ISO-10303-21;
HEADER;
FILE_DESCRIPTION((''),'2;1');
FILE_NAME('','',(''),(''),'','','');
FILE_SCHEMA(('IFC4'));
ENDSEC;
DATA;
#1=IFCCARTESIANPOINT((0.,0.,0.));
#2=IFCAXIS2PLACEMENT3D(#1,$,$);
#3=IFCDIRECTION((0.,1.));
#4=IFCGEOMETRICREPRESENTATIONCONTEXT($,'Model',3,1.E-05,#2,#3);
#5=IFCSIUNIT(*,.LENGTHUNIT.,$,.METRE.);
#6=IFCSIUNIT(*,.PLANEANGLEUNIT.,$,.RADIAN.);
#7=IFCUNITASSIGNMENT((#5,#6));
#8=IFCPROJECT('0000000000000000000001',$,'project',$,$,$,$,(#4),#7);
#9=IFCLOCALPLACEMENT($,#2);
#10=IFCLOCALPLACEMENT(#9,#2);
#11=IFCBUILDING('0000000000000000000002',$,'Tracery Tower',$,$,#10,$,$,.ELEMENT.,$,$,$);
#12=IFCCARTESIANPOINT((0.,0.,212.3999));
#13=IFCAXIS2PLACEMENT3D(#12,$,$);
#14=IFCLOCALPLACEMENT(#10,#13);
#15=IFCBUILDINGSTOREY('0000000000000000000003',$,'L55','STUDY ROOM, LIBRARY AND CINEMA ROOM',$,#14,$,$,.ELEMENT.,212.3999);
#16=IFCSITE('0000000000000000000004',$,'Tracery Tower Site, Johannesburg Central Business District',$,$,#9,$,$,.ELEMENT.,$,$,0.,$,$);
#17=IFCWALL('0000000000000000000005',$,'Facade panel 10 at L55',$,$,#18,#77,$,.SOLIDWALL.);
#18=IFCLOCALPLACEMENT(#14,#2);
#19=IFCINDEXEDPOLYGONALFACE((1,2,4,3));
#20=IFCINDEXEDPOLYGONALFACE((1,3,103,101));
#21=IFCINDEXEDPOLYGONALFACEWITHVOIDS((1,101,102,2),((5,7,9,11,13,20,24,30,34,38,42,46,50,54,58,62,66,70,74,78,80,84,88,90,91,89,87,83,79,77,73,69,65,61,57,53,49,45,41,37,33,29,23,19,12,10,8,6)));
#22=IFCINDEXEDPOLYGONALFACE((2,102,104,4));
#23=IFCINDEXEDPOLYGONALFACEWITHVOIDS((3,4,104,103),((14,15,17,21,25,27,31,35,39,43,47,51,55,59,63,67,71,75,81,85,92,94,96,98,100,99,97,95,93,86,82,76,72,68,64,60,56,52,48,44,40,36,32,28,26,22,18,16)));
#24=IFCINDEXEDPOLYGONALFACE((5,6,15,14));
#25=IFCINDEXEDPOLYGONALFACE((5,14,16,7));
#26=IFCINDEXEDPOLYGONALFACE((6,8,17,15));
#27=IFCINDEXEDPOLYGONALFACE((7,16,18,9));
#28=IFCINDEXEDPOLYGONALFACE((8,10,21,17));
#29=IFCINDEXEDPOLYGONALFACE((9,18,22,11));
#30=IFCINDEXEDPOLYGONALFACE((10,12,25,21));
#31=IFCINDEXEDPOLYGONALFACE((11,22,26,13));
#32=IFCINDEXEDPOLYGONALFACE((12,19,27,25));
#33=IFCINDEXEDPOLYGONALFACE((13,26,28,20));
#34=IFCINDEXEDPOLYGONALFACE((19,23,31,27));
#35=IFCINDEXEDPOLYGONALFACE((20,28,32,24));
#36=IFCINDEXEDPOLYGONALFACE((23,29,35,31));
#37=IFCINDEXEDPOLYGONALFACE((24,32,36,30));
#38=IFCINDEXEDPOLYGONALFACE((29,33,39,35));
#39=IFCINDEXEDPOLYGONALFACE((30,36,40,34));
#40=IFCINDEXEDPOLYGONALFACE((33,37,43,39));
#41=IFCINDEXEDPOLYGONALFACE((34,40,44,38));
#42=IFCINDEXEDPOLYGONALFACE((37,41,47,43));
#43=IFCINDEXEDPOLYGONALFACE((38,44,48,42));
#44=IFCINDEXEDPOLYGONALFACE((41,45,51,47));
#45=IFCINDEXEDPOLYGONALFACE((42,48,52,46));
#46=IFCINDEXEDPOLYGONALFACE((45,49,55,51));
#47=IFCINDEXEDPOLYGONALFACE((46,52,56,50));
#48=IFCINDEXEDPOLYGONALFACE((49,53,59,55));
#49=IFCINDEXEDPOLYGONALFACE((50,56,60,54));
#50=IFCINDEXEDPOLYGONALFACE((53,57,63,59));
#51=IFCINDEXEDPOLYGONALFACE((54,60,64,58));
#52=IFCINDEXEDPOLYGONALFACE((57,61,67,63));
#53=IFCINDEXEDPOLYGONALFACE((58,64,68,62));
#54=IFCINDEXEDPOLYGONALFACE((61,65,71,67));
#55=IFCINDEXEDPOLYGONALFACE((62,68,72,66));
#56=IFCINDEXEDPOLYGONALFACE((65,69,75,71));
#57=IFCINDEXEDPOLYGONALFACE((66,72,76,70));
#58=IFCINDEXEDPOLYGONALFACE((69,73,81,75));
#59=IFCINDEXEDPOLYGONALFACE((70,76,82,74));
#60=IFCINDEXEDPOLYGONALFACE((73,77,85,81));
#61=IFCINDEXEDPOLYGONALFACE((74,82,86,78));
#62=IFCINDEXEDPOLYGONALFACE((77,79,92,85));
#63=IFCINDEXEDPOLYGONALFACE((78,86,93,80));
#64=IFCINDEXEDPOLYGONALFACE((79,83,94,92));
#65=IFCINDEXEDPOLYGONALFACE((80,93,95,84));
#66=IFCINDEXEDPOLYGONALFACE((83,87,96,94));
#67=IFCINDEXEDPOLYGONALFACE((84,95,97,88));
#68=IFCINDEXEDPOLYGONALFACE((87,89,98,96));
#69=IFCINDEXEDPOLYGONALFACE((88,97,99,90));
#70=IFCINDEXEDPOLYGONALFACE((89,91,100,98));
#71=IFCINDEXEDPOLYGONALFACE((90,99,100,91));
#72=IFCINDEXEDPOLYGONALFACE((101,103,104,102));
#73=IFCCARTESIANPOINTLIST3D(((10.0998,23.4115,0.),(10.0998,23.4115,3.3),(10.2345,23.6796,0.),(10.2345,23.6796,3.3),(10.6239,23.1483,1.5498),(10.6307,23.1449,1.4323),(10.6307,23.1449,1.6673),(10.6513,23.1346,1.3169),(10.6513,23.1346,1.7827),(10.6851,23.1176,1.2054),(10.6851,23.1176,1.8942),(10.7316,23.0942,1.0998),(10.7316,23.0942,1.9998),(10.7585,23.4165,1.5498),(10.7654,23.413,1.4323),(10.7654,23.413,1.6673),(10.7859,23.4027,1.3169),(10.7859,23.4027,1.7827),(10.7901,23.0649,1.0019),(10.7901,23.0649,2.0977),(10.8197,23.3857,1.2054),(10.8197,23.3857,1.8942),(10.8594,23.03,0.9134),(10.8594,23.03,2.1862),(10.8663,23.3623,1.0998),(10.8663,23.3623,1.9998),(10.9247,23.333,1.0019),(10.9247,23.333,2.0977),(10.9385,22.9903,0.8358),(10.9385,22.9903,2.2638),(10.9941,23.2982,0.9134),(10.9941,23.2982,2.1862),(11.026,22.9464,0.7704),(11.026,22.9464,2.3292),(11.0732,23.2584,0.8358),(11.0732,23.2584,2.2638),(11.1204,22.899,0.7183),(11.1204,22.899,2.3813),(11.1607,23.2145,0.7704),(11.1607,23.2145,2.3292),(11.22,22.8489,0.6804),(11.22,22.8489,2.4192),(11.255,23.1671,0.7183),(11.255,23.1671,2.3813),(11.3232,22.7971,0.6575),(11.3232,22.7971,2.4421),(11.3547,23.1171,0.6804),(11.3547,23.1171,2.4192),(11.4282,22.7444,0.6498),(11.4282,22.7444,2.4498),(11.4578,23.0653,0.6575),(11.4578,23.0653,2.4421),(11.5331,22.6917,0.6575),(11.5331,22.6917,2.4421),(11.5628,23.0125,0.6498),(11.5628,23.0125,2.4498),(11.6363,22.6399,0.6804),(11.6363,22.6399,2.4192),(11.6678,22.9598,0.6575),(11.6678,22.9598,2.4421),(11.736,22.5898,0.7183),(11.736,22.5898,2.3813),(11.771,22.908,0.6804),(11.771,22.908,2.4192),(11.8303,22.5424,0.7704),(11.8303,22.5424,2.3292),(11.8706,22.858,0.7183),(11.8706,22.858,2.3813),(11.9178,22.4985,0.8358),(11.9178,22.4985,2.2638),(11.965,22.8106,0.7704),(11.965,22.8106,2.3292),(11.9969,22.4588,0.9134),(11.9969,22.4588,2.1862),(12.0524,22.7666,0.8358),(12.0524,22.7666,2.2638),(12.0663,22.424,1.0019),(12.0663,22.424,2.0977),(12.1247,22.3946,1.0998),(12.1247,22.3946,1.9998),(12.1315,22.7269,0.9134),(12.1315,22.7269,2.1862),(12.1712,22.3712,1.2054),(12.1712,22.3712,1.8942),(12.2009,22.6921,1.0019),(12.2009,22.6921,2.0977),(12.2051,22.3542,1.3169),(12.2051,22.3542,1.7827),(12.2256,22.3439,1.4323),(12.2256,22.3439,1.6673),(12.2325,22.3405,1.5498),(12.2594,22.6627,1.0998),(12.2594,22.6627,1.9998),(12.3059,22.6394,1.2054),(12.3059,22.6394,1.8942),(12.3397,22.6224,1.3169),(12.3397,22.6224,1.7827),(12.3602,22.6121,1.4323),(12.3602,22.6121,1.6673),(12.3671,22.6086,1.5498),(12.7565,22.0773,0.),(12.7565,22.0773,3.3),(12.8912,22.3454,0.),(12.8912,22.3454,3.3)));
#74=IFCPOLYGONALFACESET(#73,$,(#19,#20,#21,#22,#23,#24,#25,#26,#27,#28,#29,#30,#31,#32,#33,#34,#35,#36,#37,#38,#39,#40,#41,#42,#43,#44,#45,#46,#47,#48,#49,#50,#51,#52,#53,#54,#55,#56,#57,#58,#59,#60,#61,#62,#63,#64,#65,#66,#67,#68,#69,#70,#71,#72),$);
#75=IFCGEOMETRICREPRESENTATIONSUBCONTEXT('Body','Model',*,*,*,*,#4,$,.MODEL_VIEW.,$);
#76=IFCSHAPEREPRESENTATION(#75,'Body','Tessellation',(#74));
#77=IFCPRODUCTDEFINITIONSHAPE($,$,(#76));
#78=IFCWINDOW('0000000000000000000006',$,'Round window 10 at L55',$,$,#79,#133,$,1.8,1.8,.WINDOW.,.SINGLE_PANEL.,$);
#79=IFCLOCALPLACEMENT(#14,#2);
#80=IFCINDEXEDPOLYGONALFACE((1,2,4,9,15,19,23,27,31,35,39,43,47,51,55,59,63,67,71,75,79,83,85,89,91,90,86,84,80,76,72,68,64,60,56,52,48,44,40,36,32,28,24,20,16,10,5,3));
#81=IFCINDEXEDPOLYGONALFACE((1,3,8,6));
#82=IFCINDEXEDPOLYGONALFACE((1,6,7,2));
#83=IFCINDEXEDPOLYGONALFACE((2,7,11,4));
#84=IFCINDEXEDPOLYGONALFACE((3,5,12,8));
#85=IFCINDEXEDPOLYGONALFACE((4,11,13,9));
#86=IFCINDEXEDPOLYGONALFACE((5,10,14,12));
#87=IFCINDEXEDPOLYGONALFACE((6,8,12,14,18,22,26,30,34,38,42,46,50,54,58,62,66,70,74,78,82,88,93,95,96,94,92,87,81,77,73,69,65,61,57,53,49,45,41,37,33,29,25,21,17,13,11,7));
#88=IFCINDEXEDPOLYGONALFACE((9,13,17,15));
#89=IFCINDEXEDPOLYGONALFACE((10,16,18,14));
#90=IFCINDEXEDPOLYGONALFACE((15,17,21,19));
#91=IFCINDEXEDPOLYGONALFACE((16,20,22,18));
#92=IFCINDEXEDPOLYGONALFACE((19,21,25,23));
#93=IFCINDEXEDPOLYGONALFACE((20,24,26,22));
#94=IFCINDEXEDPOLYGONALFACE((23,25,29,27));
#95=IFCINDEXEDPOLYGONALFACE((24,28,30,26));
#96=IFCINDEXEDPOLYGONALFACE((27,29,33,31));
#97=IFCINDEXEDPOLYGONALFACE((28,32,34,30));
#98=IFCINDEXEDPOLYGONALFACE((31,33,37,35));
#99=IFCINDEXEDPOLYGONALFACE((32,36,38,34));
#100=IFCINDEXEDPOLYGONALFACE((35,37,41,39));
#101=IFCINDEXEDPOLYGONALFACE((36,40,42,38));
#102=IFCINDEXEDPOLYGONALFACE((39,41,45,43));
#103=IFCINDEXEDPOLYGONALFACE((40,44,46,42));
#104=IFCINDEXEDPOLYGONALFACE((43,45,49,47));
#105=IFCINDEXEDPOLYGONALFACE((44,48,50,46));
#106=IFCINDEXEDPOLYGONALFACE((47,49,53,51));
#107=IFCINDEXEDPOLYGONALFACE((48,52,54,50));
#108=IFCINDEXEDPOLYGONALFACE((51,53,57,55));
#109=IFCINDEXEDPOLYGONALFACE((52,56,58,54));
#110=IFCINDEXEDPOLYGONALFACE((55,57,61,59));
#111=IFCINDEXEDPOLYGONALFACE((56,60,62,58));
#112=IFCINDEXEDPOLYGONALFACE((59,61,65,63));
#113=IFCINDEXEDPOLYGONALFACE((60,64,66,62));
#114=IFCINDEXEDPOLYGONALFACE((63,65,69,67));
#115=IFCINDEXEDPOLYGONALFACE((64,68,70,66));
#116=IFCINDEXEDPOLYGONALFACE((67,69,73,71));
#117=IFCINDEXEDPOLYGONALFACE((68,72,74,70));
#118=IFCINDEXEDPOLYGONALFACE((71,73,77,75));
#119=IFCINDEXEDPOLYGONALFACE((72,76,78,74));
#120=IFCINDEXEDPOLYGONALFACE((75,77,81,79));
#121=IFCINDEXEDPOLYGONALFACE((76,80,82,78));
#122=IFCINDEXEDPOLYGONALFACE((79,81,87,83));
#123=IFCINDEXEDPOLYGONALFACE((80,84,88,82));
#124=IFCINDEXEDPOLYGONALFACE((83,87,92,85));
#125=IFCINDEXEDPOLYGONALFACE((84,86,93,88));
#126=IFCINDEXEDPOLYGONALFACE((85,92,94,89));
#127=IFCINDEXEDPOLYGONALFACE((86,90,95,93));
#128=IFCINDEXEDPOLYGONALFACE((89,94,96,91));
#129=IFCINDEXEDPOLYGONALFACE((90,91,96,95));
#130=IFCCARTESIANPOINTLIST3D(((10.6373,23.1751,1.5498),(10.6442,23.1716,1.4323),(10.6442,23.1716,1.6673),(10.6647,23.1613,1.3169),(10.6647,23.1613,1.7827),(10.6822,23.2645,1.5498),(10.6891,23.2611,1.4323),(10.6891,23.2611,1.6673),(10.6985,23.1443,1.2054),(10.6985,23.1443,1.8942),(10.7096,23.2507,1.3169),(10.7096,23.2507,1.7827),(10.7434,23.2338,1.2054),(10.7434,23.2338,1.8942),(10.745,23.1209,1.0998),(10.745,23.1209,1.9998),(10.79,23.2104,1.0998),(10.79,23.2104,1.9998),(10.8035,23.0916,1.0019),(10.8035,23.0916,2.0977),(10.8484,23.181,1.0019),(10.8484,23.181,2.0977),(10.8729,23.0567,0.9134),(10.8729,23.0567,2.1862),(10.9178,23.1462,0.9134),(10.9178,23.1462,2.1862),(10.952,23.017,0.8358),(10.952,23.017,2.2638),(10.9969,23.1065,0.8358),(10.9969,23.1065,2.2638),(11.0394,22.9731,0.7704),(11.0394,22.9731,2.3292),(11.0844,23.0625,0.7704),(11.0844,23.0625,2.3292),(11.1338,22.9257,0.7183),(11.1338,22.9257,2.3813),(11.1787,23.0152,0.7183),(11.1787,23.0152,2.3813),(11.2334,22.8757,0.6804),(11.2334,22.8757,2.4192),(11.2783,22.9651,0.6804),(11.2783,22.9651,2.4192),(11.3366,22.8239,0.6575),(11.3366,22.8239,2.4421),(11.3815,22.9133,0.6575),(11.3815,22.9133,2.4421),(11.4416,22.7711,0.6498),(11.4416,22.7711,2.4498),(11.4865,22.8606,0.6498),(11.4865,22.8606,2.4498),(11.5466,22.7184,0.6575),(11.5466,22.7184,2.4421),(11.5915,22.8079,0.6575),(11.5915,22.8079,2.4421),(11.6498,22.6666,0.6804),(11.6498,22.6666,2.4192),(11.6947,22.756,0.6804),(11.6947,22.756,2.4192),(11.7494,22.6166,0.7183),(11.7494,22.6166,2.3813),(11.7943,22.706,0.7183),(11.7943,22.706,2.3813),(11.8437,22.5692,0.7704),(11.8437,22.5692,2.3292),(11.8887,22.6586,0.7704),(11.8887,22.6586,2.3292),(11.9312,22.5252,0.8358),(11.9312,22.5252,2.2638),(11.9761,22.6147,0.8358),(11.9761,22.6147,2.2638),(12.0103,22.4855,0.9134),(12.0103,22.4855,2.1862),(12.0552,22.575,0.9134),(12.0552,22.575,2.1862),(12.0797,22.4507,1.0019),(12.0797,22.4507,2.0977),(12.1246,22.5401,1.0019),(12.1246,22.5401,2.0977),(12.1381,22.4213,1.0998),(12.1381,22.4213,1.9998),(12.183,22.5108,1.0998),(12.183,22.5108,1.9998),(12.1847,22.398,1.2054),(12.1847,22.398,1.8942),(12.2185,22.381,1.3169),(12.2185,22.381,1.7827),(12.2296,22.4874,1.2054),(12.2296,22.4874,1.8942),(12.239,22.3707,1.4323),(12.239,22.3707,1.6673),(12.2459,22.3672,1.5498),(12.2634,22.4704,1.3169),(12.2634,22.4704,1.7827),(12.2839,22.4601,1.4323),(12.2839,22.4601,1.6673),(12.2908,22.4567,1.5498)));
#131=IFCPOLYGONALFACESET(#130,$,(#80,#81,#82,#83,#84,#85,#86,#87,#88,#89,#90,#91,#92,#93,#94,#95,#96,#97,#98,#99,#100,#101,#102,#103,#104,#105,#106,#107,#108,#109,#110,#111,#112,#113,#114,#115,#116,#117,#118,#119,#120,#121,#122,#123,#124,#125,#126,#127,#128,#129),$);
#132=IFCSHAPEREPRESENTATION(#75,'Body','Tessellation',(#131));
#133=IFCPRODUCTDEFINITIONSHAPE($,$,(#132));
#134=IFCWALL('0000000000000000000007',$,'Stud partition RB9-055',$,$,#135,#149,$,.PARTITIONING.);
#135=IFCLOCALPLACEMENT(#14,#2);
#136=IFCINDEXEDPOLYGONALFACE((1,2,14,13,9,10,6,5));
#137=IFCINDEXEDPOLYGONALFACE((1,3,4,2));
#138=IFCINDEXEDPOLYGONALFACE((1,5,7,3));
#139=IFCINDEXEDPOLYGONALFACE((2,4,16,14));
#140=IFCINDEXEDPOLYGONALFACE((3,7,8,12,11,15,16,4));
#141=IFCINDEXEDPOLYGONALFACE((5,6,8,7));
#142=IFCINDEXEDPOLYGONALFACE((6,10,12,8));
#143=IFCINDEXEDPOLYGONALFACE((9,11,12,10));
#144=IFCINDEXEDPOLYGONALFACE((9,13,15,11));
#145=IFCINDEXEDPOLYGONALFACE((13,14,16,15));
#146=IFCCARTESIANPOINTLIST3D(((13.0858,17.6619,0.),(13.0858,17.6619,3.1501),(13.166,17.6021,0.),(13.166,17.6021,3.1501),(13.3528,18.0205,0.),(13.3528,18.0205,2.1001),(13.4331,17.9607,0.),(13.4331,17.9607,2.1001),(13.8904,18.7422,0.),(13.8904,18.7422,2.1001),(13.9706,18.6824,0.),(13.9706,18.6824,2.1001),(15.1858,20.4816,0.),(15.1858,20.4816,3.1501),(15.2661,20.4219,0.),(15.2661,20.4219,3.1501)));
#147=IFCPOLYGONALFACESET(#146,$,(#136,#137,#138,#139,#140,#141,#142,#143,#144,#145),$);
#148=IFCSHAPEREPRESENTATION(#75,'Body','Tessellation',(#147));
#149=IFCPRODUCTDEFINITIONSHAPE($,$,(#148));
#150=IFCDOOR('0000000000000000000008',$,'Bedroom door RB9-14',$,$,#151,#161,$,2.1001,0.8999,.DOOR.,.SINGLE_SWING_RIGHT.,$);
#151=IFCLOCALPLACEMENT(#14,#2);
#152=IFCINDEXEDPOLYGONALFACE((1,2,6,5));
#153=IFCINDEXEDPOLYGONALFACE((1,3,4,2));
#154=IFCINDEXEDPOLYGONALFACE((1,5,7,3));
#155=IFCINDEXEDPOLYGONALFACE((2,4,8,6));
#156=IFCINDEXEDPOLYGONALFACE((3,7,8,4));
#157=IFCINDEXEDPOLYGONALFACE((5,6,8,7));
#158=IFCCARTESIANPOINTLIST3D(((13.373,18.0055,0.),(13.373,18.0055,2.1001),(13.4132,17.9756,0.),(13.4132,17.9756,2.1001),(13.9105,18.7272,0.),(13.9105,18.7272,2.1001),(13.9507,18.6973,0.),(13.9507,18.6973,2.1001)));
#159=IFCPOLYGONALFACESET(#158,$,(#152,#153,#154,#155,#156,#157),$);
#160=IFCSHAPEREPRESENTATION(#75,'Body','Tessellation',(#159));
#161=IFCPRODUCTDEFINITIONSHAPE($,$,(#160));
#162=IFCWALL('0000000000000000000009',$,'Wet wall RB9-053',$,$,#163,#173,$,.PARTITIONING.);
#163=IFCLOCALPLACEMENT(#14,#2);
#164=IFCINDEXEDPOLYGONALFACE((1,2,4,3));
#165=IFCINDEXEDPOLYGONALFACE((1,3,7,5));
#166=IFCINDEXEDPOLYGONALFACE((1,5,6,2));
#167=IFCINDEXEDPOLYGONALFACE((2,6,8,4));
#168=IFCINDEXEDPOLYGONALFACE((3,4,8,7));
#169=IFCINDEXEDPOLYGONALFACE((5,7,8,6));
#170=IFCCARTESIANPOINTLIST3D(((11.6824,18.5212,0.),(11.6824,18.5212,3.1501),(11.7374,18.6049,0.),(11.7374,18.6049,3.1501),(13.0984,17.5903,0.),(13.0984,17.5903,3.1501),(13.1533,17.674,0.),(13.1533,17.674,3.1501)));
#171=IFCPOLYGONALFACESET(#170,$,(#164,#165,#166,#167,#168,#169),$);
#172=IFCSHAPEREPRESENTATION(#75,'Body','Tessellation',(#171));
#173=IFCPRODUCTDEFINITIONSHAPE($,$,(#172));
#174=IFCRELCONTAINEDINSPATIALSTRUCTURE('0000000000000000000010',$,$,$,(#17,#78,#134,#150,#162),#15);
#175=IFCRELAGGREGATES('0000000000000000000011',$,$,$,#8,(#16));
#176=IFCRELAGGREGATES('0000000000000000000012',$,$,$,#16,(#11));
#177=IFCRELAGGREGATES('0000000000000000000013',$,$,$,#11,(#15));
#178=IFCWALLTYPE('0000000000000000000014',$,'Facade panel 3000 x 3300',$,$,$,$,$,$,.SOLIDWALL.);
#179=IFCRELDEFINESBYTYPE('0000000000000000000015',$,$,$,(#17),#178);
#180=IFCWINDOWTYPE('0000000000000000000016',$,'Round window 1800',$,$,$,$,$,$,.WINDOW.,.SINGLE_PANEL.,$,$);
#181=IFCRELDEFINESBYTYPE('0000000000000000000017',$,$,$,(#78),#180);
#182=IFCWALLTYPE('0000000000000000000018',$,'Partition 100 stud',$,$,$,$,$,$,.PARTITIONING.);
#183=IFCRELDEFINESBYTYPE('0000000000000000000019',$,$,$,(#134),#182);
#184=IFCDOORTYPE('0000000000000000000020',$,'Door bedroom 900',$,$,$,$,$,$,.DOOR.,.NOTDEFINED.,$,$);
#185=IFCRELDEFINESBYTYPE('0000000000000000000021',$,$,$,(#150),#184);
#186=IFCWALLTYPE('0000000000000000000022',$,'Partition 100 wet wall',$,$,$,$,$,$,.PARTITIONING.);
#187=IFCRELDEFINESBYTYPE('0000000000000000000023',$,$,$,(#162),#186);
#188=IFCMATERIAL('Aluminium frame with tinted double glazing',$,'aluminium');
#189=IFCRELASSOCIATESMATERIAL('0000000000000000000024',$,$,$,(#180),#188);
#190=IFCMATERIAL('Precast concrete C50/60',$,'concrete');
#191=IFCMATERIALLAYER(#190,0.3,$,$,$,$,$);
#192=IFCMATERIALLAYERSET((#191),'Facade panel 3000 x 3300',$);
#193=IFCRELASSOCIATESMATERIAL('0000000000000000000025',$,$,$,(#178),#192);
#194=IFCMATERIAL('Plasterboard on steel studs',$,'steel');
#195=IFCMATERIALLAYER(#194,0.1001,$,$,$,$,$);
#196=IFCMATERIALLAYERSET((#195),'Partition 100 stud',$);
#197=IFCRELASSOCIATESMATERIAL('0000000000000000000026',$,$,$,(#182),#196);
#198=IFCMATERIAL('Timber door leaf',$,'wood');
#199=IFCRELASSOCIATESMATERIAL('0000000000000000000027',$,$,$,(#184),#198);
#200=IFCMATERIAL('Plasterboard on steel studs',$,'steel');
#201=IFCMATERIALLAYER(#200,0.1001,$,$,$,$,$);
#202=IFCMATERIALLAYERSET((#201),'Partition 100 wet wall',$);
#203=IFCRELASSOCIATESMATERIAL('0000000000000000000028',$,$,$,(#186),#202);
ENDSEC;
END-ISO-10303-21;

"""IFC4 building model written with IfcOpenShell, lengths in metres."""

from ifc_helpers import new_model, si_unit, direction, frame, frame_2d, origin, origin_2d, place, context, subcontext, project, spatial, rectangle, circle, extrude, material, layer, layer_set, type_object, element, fill, save


model = new_model("IFC4")

# Units and contexts
model_context = context("Model", 3, precision=1e-05, world=origin(), true_north=direction((0.0, 1.0)))
body_context = subcontext(model_context, "Body", "Model", "MODEL_VIEW")
ifc_project = project(units=[si_unit("LENGTHUNIT", "METRE"), si_unit("PLANEANGLEUNIT", "RADIAN")], contexts=[model_context])

# Site, building, storey
site_placement = place(None, origin())
site = spatial("IfcSite", under=ifc_project, at=site_placement, Name="Tracery Tower Site, Johannesburg Central Business District", CompositionType="ELEMENT", RefElevation=0.0)
building_placement = place(site_placement, origin())
building = spatial("IfcBuilding", under=site, at=building_placement, Name="Tracery Tower", CompositionType="ELEMENT")
storey_placement = place(building_placement, frame((0.0, 0.0, 212.3999)))
storey = spatial("IfcBuildingStorey", under=building, at=storey_placement, Name="L55", Description="STUDY ROOM, LIBRARY AND CINEMA ROOM", CompositionType="ELEMENT", Elevation=212.3999)

# Wall, opening, window
ifc_material_1 = material(Name="Aluminium frame with tinted double glazing", Category="aluminium")
window_type = type_object("IfcWindowType", Name="Round window 1800", PartitioningType="SINGLE_PANEL", PredefinedType="WINDOW", material=ifc_material_1)
ifc_material_2 = material(Name="Precast concrete C50/60", Category="concrete")
ifc_layer_1 = layer(ifc_material_2, 0.3)
ifc_layer_set_1 = layer_set([ifc_layer_1], Name="Facade panel 3000 x 3300")
wall_type_1 = type_object("IfcWallType", Name="Facade panel 3000 x 3300", PredefinedType="SOLIDWALL", material=ifc_layer_set_1)
wall_1_placement = place(storey_placement, frame((12.8237, 22.2114, 0.0), z_axis=(0.0, 0.0, 1.0), x_axis=(-0.893637, 0.44879, 0.0)))
wall_1 = element("IfcWall", 1, at=wall_1_placement, inside=storey, type_object=wall_type_1, Name="Facade panel 10 at L55", PredefinedType="SOLIDWALL", context=body_context, shape_type="SweptSolid", body=[
    extrude(rectangle(XDim=2.9729, YDim=0.3, at=frame_2d((1.4863, 0.0))), origin(), (0.0, 0.0, 1.0), 3.3),
])
opening_1_placement = place(wall_1_placement, frame((1.4863, 0.0, 1.5498)))
opening_1 = element("IfcOpeningElement", 2, at=opening_1_placement, cuts=wall_1, PredefinedType="OPENING", context=body_context, shape_type="SweptSolid", body=[
    extrude(circle(Radius=0.9, at=origin_2d()), frame((0.0, 0.1599, 0.0), z_axis=(0.0, -1.0, 0.0), x_axis=(1.0, 0.0, 0.0)), (0.0, 0.0, 1.0), 0.3201),
])
window_1_placement = place(opening_1_placement, origin())
window_1 = element("IfcWindow", 3, at=window_1_placement, inside=storey, type_object=window_type, Name="Round window 10 at L55", OverallHeight=1.8, OverallWidth=1.8, PartitioningType="SINGLE_PANEL", PredefinedType="WINDOW", context=body_context, shape_type="SweptSolid", body=[
    extrude(circle(Radius=0.9, at=origin_2d()), frame((0.0, 0.1201, 0.0), z_axis=(0.0, -1.0, 0.0), x_axis=(1.0, 0.0, 0.0)), (0.0, 0.0, 1.0), 0.1001),
])
fill(opening_1, window_1)

# Wall, opening, door
ifc_material_3 = material(Name="Plasterboard on steel studs", Category="steel")
ifc_layer_2 = layer(ifc_material_3, 0.1001)
ifc_layer_set_2 = layer_set([ifc_layer_2], Name="Partition 100 stud")
wall_type_2 = type_object("IfcWallType", Name="Partition 100 stud", PredefinedType="PARTITIONING", material=ifc_layer_set_2)
wall_2_placement = place(storey_placement, frame((13.126, 17.6321, 0.0), z_axis=(0.0, 0.0, 1.0), x_axis=(0.597308, 0.802012, 0.0)))
wall_2 = element("IfcWall", 4, at=wall_2_placement, inside=storey, type_object=wall_type_2, Name="Stud partition RB9-055", PredefinedType="PARTITIONING", context=body_context, shape_type="SweptSolid", body=[
    extrude(rectangle(XDim=3.5159, YDim=0.1001, at=frame_2d((1.7578, 0.0))), origin(), (0.0, 0.0, 1.0), 3.1501),
])
opening_2_placement = place(wall_2_placement, frame((0.447, 0.0, 0.0)))
opening_2 = element("IfcOpeningElement", 5, at=opening_2_placement, cuts=wall_2, PredefinedType="OPENING", context=body_context, shape_type="SweptSolid", body=[
    extrude(rectangle(XDim=0.8999, YDim=2.1001, at=frame_2d((0.45, 1.05))), frame((0.0, 0.05, 0.0), z_axis=(0.0, -1.0, 0.0), x_axis=(1.0, 0.0, 0.0)), (0.0, 0.0, 1.0), 0.1001),
])
ifc_material_4 = material(Name="Timber door leaf", Category="wood")
door_type_1 = type_object("IfcDoorType", Name="Door bedroom 900", OperationType="NOTDEFINED", PredefinedType="DOOR", material=ifc_material_4)
door_1_placement = place(opening_2_placement, origin())
door_1 = element("IfcDoor", 6, at=door_1_placement, inside=storey, type_object=door_type_1, Name="Bedroom door RB9-14", OperationType="SINGLE_SWING_RIGHT", OverallHeight=2.1001, OverallWidth=0.8999, PredefinedType="DOOR", context=body_context, shape_type="SweptSolid", body=[
    extrude(rectangle(XDim=0.8999, YDim=2.1001, at=frame_2d((0.45, 1.05))), frame((0.0, 0.0249, 0.0), z_axis=(0.0, -1.0, 0.0), x_axis=(1.0, 0.0, 0.0)), (0.0, 0.0, 1.0), 0.05),
])
fill(opening_2, door_1)

# Wall
ifc_material_5 = material(Name="Plasterboard on steel studs", Category="steel")
ifc_layer_3 = layer(ifc_material_5, 0.1001)
ifc_layer_set_3 = layer_set([ifc_layer_3], Name="Partition 100 wet wall")
wall_type_3 = type_object("IfcWallType", Name="Partition 100 wet wall", PredefinedType="PARTITIONING", material=ifc_layer_set_3)
wall_3_placement = place(storey_placement, frame((11.71, 18.563, 0.0), z_axis=(0.0, 0.0, 1.0), x_axis=(0.835602, -0.549336, 0.0)))
element("IfcWall", 7, at=wall_3_placement, inside=storey, type_object=wall_type_3, Name="Wet wall RB9-053", PredefinedType="PARTITIONING", context=body_context, shape_type="SweptSolid", body=[
    extrude(rectangle(XDim=1.6946, YDim=0.1001, at=frame_2d((0.8472, 0.0))), origin(), (0.0, 0.0, 1.0), 3.1501),
])

save(model, "model.ifc")
